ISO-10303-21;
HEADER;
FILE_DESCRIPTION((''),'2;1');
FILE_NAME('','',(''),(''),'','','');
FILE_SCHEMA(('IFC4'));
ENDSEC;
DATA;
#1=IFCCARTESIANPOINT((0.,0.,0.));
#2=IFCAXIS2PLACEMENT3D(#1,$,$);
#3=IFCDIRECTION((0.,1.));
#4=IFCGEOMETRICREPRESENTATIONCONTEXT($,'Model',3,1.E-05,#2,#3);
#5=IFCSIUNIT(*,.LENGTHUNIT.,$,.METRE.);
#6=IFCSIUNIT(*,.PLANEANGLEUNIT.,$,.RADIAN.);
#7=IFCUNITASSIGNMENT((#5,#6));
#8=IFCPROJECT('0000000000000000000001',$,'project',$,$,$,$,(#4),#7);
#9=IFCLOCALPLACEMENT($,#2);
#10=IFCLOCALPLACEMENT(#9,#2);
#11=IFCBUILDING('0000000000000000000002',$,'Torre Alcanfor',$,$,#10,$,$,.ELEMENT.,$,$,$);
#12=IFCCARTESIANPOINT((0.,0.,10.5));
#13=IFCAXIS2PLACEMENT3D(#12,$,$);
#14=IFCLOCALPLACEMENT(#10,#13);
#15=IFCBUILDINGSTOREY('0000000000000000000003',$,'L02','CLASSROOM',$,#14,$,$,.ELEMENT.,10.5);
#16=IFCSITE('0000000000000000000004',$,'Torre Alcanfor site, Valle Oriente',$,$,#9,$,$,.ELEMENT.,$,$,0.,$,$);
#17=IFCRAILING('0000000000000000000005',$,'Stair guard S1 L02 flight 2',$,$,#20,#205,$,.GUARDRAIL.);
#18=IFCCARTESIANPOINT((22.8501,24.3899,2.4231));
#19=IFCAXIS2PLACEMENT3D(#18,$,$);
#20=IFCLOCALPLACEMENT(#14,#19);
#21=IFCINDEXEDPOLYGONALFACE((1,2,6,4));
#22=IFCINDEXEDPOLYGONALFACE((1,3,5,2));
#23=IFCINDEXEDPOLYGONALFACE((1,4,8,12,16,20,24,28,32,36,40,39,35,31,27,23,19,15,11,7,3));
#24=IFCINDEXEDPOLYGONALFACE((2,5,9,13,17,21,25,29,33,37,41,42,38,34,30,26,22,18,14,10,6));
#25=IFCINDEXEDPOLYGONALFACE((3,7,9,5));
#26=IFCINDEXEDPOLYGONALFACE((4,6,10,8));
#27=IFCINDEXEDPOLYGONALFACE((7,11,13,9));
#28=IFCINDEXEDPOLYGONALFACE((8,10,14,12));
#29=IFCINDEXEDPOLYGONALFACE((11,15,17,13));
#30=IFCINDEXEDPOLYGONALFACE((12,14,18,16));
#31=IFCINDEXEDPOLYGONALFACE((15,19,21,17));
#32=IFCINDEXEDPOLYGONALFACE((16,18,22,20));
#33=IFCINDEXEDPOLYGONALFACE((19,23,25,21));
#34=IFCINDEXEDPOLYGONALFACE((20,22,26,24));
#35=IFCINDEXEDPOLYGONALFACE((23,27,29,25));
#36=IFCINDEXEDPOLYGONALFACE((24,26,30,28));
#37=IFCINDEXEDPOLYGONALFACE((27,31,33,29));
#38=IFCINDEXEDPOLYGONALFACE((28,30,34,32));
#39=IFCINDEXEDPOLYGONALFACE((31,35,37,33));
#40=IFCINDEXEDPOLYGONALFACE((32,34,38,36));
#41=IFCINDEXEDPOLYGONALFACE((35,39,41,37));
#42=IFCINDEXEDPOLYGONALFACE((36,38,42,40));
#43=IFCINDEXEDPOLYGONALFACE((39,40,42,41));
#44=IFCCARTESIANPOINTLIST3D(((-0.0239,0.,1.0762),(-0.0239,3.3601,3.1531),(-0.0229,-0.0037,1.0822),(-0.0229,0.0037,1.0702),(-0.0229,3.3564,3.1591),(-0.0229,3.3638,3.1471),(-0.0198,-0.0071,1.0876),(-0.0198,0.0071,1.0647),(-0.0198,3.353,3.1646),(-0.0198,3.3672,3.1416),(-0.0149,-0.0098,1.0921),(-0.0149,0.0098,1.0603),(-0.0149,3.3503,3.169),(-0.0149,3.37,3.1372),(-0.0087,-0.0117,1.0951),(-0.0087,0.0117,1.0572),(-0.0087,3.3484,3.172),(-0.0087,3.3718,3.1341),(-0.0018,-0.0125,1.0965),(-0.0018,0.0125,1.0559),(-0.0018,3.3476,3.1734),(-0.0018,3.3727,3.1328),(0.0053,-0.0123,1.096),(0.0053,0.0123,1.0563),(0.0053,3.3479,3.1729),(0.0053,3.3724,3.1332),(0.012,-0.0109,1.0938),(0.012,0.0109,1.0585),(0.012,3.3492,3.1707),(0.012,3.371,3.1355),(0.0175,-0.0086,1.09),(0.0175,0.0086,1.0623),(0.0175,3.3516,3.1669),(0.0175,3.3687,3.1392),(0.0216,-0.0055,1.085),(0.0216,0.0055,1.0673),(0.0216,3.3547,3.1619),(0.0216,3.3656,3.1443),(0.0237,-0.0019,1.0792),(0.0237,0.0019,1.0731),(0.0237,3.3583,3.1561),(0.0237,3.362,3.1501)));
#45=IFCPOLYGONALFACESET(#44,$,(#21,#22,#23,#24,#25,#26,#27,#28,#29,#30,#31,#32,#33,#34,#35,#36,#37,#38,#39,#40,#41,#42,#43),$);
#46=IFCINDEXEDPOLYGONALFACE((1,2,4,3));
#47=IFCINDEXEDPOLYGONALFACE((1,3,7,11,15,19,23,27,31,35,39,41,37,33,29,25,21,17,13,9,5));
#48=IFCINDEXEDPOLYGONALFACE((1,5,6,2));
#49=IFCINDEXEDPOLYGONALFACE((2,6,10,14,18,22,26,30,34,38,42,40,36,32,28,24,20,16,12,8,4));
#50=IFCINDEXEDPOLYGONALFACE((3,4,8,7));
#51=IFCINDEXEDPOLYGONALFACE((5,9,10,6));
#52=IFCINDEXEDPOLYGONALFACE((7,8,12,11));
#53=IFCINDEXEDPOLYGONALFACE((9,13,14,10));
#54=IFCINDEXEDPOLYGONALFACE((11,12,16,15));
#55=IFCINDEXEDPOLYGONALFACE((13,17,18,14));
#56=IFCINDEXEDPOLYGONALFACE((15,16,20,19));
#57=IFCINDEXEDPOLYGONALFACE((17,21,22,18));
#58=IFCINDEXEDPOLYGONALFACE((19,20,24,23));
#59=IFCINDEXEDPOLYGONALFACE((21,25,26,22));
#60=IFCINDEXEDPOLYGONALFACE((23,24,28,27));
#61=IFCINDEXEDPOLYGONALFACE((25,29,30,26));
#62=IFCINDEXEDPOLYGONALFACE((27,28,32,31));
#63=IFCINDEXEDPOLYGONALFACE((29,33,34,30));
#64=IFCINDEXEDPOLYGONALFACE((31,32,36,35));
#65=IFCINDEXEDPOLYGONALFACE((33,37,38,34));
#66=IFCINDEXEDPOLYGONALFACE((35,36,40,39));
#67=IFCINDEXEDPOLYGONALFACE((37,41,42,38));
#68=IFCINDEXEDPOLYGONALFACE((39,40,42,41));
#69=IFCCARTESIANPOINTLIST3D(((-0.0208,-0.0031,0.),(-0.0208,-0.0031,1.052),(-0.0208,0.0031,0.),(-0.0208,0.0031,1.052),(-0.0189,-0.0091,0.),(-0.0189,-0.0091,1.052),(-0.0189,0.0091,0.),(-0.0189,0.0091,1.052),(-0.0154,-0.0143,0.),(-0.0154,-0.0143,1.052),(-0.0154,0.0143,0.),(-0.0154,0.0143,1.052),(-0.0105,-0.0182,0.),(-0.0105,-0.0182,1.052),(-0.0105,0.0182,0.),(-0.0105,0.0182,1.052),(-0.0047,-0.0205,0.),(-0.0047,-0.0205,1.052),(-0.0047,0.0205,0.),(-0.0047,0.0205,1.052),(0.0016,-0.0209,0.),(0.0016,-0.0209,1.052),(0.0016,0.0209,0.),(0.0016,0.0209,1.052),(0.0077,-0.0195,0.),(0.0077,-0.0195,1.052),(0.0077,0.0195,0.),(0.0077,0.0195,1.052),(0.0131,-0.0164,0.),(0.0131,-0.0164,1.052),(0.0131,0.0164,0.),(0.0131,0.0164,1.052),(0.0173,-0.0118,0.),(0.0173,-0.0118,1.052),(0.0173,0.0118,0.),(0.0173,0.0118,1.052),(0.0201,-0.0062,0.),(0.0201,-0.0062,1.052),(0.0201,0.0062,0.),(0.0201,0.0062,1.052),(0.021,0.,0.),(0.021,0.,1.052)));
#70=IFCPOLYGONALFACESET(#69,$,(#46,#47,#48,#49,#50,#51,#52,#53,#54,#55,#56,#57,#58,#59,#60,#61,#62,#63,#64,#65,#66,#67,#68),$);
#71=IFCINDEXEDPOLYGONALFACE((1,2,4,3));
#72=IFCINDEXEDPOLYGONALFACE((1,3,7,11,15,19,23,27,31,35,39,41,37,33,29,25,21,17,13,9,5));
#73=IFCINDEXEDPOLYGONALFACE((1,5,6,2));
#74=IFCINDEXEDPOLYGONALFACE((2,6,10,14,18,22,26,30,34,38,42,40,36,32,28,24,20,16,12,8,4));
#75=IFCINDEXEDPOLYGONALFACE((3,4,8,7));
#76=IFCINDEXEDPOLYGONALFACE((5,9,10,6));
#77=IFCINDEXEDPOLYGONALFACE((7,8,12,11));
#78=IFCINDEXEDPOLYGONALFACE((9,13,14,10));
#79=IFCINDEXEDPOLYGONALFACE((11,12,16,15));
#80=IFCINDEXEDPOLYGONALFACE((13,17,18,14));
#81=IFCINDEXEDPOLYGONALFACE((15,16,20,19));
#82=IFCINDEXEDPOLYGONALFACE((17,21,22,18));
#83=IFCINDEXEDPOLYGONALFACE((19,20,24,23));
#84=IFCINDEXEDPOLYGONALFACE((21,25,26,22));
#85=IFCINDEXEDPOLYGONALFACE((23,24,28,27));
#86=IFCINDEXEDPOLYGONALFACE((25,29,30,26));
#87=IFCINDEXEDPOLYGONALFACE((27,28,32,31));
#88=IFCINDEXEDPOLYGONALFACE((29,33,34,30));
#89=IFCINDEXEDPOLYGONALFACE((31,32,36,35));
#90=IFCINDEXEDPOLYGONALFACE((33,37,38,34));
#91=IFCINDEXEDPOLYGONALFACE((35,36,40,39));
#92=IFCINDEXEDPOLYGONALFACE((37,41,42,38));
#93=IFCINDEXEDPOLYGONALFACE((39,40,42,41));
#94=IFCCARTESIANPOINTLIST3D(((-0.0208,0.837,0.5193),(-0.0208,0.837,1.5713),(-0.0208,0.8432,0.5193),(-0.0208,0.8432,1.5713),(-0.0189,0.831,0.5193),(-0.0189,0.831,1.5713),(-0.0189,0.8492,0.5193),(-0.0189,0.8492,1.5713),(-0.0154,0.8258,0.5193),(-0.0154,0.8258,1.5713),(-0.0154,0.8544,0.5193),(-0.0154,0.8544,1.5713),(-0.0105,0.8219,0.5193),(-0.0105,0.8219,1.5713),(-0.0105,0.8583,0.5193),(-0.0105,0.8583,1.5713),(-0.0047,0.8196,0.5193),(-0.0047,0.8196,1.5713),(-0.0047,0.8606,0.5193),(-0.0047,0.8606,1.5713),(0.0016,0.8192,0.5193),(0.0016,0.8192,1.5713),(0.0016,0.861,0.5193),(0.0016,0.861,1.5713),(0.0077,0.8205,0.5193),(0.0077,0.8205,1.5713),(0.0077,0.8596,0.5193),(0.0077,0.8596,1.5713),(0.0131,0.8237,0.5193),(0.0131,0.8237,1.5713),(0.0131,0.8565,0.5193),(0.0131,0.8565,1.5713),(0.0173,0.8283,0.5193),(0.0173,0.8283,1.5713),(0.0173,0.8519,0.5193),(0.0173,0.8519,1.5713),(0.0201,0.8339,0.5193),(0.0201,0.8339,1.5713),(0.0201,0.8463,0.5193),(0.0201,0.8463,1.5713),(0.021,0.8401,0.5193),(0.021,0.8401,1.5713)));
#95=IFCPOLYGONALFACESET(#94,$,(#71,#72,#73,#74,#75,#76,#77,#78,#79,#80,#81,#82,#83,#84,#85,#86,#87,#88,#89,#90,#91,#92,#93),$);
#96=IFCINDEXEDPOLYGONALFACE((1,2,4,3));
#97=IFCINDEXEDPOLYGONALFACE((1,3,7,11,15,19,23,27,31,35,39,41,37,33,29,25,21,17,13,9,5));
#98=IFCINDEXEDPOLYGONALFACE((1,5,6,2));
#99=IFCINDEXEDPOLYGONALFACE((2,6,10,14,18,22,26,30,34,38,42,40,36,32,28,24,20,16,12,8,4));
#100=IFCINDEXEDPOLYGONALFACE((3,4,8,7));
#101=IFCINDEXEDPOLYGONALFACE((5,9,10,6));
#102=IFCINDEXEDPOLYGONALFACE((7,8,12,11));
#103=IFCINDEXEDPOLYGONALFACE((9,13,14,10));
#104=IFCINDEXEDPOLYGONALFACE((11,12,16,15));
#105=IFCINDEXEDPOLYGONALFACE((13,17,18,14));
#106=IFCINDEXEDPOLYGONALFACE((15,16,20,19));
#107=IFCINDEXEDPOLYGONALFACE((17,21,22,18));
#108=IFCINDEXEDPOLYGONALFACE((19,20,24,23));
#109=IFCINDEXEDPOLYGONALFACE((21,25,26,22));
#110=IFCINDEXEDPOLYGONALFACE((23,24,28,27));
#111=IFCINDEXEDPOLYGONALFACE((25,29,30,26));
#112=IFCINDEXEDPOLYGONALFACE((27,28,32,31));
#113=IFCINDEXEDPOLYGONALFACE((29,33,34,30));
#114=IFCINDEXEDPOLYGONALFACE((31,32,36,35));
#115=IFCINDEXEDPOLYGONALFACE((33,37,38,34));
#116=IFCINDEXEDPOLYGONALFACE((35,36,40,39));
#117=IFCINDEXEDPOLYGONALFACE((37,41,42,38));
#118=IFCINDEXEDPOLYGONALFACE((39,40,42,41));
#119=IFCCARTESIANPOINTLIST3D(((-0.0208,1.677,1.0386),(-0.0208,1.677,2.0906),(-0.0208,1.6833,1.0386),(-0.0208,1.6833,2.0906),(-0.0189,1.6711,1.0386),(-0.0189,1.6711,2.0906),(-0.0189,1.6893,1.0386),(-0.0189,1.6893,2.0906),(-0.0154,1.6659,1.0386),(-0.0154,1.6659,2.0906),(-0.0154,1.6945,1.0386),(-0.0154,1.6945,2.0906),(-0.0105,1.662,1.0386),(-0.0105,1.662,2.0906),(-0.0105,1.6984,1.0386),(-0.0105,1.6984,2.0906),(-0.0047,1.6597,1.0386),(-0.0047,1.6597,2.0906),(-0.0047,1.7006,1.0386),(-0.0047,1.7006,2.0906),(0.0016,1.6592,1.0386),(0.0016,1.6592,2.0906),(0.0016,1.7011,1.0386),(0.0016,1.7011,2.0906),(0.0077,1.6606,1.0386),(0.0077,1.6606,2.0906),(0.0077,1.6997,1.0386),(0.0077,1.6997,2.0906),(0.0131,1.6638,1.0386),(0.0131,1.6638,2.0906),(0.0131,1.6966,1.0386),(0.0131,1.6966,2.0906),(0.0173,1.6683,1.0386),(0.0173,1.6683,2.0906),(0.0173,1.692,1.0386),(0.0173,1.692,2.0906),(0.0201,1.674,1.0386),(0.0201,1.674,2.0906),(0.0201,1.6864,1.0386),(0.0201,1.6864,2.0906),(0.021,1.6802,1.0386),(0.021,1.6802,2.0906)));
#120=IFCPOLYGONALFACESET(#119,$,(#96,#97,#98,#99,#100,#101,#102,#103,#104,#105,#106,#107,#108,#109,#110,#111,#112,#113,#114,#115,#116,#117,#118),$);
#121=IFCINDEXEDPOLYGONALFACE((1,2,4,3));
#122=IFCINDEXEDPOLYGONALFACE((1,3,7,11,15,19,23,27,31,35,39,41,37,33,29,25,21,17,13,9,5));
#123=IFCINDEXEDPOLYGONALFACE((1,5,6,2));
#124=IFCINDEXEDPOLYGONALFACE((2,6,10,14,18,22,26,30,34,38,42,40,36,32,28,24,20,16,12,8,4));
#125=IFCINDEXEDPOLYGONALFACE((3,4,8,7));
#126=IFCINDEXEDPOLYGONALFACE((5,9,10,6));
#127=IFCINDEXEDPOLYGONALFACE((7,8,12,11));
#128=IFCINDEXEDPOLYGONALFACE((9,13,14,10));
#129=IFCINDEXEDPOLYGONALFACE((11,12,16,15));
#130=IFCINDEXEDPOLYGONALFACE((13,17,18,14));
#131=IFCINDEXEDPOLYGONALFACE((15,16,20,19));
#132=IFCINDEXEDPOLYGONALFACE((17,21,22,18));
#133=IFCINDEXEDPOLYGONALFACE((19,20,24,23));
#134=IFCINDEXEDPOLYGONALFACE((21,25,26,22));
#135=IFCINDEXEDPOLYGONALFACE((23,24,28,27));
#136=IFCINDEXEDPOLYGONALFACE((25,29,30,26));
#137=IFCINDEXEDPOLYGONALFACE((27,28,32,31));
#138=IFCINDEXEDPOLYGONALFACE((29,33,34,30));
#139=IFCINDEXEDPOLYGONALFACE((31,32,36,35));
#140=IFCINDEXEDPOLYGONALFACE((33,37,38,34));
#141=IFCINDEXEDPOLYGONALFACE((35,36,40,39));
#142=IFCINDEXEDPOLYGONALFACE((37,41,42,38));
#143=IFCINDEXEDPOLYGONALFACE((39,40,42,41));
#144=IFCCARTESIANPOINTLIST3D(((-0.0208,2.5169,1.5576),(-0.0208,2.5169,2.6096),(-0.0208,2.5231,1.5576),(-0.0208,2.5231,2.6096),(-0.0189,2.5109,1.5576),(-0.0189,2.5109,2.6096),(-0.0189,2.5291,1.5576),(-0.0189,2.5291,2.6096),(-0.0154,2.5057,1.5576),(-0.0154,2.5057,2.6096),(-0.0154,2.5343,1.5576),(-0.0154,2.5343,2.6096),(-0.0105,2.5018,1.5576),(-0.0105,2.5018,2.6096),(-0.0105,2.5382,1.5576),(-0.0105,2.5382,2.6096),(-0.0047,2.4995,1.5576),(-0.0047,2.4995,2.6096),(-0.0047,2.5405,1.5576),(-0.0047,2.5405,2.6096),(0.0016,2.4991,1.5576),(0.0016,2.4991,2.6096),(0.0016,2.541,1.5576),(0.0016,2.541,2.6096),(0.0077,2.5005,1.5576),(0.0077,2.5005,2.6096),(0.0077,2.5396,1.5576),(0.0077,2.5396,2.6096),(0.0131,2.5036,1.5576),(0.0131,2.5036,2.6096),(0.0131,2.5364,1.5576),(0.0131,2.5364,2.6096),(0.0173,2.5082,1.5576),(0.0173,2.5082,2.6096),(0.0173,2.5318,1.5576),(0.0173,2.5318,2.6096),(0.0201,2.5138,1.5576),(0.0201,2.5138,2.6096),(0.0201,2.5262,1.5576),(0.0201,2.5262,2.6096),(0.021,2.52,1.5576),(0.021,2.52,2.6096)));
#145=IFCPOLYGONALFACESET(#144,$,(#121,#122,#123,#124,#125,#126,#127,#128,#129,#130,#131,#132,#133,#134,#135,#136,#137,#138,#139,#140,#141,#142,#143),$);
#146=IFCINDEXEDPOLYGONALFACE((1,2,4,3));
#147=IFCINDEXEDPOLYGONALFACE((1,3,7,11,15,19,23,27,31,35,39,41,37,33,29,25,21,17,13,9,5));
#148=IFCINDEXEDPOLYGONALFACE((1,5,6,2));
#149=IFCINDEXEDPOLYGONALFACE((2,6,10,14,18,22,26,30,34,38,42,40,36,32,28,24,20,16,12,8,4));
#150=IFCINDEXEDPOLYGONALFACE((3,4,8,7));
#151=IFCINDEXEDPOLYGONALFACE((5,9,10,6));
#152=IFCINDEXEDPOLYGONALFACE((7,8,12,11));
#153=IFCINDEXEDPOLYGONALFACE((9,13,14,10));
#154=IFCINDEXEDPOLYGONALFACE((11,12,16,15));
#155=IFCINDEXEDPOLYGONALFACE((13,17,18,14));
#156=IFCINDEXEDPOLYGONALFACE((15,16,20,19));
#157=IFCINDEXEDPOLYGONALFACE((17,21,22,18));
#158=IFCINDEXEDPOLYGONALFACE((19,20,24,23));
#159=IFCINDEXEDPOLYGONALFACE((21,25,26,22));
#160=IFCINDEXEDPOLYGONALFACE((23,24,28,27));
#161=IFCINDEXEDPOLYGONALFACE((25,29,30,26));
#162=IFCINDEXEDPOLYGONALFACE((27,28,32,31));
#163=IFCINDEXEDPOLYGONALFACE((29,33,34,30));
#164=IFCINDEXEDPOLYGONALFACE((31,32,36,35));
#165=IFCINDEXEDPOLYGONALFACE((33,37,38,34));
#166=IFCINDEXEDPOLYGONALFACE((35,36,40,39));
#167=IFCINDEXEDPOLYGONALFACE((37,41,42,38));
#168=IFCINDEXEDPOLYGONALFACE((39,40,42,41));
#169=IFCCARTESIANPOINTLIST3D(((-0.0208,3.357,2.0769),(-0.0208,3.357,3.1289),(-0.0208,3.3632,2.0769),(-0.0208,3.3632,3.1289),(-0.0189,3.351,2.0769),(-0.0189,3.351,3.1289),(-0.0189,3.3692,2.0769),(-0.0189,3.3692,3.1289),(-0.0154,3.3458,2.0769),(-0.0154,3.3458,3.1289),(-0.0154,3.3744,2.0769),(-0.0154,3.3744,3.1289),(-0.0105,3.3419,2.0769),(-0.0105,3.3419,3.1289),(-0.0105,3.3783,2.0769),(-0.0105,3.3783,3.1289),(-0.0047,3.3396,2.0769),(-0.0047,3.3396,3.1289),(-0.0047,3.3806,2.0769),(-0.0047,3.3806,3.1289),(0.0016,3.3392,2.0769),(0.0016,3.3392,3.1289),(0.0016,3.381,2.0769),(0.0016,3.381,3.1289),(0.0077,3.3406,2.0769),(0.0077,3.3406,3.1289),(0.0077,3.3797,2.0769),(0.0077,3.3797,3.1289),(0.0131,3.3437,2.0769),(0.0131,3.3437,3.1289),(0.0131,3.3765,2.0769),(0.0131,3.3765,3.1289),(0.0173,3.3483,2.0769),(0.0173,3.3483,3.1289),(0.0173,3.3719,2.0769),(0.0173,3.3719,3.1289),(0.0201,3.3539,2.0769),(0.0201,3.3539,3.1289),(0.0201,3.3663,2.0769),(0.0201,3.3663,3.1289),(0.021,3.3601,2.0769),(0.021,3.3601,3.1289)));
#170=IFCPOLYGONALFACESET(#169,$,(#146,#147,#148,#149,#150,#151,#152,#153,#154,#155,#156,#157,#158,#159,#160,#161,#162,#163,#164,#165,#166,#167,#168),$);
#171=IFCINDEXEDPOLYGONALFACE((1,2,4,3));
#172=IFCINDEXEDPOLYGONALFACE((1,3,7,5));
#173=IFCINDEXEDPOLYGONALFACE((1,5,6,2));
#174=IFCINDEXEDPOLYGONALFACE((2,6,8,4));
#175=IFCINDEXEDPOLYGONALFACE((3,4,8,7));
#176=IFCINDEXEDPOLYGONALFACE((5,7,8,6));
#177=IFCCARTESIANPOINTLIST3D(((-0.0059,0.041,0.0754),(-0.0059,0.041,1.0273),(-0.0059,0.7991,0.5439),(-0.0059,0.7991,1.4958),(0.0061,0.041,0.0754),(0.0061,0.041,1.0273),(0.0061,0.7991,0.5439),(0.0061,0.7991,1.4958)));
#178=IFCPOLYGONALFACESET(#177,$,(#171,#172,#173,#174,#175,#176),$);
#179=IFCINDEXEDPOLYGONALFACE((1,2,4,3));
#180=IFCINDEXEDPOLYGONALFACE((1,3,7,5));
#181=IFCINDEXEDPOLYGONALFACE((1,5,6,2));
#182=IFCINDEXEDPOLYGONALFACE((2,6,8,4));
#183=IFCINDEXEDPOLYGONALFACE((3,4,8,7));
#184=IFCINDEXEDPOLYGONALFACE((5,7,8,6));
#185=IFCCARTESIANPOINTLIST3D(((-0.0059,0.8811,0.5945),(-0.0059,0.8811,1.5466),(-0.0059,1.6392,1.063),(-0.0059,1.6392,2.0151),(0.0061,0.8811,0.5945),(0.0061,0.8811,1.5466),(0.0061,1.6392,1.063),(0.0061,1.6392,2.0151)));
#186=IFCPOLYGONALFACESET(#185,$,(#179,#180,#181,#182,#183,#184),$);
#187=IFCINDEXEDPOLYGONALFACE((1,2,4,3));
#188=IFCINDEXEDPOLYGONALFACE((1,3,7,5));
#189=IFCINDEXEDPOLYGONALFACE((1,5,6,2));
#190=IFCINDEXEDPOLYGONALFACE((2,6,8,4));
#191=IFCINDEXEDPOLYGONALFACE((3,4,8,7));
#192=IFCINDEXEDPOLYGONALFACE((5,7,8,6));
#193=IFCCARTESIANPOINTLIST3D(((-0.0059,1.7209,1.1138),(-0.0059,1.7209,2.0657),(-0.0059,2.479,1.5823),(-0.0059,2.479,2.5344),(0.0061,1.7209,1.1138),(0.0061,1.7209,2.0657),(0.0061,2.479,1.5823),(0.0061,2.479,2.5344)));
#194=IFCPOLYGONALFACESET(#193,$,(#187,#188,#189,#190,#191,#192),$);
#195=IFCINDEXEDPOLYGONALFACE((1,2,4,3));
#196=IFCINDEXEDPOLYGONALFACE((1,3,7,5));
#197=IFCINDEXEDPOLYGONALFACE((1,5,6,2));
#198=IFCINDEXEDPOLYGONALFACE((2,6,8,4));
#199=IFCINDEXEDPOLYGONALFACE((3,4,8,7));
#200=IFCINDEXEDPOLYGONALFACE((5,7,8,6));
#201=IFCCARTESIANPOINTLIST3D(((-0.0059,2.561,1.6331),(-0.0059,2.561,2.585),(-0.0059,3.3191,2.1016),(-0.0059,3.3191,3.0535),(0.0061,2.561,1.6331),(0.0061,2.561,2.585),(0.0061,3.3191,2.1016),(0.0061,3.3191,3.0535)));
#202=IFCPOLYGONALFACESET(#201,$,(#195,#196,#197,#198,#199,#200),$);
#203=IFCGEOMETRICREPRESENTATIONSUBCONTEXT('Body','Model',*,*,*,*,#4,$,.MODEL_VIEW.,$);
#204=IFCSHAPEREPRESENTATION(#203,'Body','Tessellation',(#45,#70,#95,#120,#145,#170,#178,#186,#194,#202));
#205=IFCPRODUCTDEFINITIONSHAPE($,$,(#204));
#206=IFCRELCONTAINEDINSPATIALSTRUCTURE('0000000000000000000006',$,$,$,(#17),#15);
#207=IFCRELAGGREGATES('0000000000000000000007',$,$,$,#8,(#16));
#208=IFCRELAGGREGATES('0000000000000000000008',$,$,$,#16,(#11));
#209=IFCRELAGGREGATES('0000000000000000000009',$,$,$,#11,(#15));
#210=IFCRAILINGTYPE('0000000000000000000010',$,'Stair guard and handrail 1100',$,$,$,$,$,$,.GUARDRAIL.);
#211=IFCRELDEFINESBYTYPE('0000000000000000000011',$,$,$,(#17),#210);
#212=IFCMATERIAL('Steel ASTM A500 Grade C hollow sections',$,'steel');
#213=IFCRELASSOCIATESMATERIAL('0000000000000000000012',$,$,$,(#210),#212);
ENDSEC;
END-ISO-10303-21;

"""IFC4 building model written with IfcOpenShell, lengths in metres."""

from ifc_helpers import new_model, si_unit, direction, frame, origin, origin_2d, place, context, subcontext, project, spatial, polyline, circle, outline, extrude, material, type_object, element, save


model = new_model("IFC4")

# Units and contexts
model_context = context("Model", 3, precision=1e-05, world=origin(), true_north=direction((0.0, 1.0)))
body_context = subcontext(model_context, "Body", "Model", "MODEL_VIEW")
ifc_project = project(units=[si_unit("LENGTHUNIT", "METRE"), si_unit("PLANEANGLEUNIT", "RADIAN")], contexts=[model_context])

# Site, building, storey
site_placement = place(None, origin())
site = spatial("IfcSite", under=ifc_project, at=site_placement, Name="Torre Alcanfor site, Valle Oriente", CompositionType="ELEMENT", RefElevation=0.0)
building_placement = place(site_placement, origin())
building = spatial("IfcBuilding", under=site, at=building_placement, Name="Torre Alcanfor", CompositionType="ELEMENT")
storey_placement = place(building_placement, frame((0.0, 0.0, 10.5)))
storey = spatial("IfcBuildingStorey", under=building, at=storey_placement, Name="L02", Description="CLASSROOM", CompositionType="ELEMENT", Elevation=10.5)

# Railing
ifc_material_1 = material(Name="Steel ASTM A500 Grade C hollow sections", Category="steel")
railing_type_1 = type_object("IfcRailingType", Name="Stair guard and handrail 1100", PredefinedType="GUARDRAIL", material=ifc_material_1)
railing_1_placement = place(storey_placement, frame((22.8501, 24.3899, 2.4231)))
element("IfcRailing", 1, at=railing_1_placement, inside=storey, type_object=railing_type_1, Name="Stair guard S1 L02 flight 2", PredefinedType="GUARDRAIL", context=body_context, shape_type="SweptSolid", body=[
    extrude(circle(Radius=0.0239, at=origin_2d()), frame((0.0, 0.0, 1.0762), z_axis=(0.0, 0.850623, 0.525776), x_axis=(-1.0, 0.0, 0.0)), (0.0, 0.0, 1.0), 3.9502),
    extrude(circle(Radius=0.021, at=origin_2d()), origin(), (0.0, 0.0, 1.0), 1.052),
    extrude(circle(Radius=0.021, at=origin_2d()), frame((0.0, 0.8401, 0.5193)), (0.0, 0.0, 1.0), 1.052),
    extrude(circle(Radius=0.021, at=origin_2d()), frame((0.0, 1.6802, 1.0386)), (0.0, 0.0, 1.0), 1.052),
    extrude(circle(Radius=0.021, at=origin_2d()), frame((0.0, 2.52, 1.5576)), (0.0, 0.0, 1.0), 1.052),
    extrude(circle(Radius=0.021, at=origin_2d()), frame((0.0, 3.3601, 2.0769)), (0.0, 0.0, 1.0), 1.052),
    extrude(outline(polyline([(0.041, 0.0754), (0.7991, 0.5439), (0.7991, 1.4958), (0.041, 1.0273), (0.041, 0.0754)])), frame((-0.0059, 0.0, 0.0), z_axis=(1.0, 0.0, 0.0), x_axis=(0.0, 1.0, 0.0)), (0.0, 0.0, 1.0), 0.012),
    extrude(outline(polyline([(0.8811, 0.5945), (1.6392, 1.063), (1.6392, 2.0151), (0.8811, 1.5466), (0.8811, 0.5945)])), frame((-0.0059, 0.0, 0.0), z_axis=(1.0, 0.0, 0.0), x_axis=(0.0, 1.0, 0.0)), (0.0, 0.0, 1.0), 0.012),
    extrude(outline(polyline([(1.7209, 1.1138), (2.479, 1.5823), (2.479, 2.5344), (1.7209, 2.0657), (1.7209, 1.1138)])), frame((-0.0059, 0.0, 0.0), z_axis=(1.0, 0.0, 0.0), x_axis=(0.0, 1.0, 0.0)), (0.0, 0.0, 1.0), 0.012),
    extrude(outline(polyline([(2.561, 1.6331), (3.3191, 2.1016), (3.3191, 3.0535), (2.561, 2.585), (2.561, 1.6331)])), frame((-0.0059, 0.0, 0.0), z_axis=(1.0, 0.0, 0.0), x_axis=(0.0, 1.0, 0.0)), (0.0, 0.0, 1.0), 0.012),
])

save(model, "model.ifc")
